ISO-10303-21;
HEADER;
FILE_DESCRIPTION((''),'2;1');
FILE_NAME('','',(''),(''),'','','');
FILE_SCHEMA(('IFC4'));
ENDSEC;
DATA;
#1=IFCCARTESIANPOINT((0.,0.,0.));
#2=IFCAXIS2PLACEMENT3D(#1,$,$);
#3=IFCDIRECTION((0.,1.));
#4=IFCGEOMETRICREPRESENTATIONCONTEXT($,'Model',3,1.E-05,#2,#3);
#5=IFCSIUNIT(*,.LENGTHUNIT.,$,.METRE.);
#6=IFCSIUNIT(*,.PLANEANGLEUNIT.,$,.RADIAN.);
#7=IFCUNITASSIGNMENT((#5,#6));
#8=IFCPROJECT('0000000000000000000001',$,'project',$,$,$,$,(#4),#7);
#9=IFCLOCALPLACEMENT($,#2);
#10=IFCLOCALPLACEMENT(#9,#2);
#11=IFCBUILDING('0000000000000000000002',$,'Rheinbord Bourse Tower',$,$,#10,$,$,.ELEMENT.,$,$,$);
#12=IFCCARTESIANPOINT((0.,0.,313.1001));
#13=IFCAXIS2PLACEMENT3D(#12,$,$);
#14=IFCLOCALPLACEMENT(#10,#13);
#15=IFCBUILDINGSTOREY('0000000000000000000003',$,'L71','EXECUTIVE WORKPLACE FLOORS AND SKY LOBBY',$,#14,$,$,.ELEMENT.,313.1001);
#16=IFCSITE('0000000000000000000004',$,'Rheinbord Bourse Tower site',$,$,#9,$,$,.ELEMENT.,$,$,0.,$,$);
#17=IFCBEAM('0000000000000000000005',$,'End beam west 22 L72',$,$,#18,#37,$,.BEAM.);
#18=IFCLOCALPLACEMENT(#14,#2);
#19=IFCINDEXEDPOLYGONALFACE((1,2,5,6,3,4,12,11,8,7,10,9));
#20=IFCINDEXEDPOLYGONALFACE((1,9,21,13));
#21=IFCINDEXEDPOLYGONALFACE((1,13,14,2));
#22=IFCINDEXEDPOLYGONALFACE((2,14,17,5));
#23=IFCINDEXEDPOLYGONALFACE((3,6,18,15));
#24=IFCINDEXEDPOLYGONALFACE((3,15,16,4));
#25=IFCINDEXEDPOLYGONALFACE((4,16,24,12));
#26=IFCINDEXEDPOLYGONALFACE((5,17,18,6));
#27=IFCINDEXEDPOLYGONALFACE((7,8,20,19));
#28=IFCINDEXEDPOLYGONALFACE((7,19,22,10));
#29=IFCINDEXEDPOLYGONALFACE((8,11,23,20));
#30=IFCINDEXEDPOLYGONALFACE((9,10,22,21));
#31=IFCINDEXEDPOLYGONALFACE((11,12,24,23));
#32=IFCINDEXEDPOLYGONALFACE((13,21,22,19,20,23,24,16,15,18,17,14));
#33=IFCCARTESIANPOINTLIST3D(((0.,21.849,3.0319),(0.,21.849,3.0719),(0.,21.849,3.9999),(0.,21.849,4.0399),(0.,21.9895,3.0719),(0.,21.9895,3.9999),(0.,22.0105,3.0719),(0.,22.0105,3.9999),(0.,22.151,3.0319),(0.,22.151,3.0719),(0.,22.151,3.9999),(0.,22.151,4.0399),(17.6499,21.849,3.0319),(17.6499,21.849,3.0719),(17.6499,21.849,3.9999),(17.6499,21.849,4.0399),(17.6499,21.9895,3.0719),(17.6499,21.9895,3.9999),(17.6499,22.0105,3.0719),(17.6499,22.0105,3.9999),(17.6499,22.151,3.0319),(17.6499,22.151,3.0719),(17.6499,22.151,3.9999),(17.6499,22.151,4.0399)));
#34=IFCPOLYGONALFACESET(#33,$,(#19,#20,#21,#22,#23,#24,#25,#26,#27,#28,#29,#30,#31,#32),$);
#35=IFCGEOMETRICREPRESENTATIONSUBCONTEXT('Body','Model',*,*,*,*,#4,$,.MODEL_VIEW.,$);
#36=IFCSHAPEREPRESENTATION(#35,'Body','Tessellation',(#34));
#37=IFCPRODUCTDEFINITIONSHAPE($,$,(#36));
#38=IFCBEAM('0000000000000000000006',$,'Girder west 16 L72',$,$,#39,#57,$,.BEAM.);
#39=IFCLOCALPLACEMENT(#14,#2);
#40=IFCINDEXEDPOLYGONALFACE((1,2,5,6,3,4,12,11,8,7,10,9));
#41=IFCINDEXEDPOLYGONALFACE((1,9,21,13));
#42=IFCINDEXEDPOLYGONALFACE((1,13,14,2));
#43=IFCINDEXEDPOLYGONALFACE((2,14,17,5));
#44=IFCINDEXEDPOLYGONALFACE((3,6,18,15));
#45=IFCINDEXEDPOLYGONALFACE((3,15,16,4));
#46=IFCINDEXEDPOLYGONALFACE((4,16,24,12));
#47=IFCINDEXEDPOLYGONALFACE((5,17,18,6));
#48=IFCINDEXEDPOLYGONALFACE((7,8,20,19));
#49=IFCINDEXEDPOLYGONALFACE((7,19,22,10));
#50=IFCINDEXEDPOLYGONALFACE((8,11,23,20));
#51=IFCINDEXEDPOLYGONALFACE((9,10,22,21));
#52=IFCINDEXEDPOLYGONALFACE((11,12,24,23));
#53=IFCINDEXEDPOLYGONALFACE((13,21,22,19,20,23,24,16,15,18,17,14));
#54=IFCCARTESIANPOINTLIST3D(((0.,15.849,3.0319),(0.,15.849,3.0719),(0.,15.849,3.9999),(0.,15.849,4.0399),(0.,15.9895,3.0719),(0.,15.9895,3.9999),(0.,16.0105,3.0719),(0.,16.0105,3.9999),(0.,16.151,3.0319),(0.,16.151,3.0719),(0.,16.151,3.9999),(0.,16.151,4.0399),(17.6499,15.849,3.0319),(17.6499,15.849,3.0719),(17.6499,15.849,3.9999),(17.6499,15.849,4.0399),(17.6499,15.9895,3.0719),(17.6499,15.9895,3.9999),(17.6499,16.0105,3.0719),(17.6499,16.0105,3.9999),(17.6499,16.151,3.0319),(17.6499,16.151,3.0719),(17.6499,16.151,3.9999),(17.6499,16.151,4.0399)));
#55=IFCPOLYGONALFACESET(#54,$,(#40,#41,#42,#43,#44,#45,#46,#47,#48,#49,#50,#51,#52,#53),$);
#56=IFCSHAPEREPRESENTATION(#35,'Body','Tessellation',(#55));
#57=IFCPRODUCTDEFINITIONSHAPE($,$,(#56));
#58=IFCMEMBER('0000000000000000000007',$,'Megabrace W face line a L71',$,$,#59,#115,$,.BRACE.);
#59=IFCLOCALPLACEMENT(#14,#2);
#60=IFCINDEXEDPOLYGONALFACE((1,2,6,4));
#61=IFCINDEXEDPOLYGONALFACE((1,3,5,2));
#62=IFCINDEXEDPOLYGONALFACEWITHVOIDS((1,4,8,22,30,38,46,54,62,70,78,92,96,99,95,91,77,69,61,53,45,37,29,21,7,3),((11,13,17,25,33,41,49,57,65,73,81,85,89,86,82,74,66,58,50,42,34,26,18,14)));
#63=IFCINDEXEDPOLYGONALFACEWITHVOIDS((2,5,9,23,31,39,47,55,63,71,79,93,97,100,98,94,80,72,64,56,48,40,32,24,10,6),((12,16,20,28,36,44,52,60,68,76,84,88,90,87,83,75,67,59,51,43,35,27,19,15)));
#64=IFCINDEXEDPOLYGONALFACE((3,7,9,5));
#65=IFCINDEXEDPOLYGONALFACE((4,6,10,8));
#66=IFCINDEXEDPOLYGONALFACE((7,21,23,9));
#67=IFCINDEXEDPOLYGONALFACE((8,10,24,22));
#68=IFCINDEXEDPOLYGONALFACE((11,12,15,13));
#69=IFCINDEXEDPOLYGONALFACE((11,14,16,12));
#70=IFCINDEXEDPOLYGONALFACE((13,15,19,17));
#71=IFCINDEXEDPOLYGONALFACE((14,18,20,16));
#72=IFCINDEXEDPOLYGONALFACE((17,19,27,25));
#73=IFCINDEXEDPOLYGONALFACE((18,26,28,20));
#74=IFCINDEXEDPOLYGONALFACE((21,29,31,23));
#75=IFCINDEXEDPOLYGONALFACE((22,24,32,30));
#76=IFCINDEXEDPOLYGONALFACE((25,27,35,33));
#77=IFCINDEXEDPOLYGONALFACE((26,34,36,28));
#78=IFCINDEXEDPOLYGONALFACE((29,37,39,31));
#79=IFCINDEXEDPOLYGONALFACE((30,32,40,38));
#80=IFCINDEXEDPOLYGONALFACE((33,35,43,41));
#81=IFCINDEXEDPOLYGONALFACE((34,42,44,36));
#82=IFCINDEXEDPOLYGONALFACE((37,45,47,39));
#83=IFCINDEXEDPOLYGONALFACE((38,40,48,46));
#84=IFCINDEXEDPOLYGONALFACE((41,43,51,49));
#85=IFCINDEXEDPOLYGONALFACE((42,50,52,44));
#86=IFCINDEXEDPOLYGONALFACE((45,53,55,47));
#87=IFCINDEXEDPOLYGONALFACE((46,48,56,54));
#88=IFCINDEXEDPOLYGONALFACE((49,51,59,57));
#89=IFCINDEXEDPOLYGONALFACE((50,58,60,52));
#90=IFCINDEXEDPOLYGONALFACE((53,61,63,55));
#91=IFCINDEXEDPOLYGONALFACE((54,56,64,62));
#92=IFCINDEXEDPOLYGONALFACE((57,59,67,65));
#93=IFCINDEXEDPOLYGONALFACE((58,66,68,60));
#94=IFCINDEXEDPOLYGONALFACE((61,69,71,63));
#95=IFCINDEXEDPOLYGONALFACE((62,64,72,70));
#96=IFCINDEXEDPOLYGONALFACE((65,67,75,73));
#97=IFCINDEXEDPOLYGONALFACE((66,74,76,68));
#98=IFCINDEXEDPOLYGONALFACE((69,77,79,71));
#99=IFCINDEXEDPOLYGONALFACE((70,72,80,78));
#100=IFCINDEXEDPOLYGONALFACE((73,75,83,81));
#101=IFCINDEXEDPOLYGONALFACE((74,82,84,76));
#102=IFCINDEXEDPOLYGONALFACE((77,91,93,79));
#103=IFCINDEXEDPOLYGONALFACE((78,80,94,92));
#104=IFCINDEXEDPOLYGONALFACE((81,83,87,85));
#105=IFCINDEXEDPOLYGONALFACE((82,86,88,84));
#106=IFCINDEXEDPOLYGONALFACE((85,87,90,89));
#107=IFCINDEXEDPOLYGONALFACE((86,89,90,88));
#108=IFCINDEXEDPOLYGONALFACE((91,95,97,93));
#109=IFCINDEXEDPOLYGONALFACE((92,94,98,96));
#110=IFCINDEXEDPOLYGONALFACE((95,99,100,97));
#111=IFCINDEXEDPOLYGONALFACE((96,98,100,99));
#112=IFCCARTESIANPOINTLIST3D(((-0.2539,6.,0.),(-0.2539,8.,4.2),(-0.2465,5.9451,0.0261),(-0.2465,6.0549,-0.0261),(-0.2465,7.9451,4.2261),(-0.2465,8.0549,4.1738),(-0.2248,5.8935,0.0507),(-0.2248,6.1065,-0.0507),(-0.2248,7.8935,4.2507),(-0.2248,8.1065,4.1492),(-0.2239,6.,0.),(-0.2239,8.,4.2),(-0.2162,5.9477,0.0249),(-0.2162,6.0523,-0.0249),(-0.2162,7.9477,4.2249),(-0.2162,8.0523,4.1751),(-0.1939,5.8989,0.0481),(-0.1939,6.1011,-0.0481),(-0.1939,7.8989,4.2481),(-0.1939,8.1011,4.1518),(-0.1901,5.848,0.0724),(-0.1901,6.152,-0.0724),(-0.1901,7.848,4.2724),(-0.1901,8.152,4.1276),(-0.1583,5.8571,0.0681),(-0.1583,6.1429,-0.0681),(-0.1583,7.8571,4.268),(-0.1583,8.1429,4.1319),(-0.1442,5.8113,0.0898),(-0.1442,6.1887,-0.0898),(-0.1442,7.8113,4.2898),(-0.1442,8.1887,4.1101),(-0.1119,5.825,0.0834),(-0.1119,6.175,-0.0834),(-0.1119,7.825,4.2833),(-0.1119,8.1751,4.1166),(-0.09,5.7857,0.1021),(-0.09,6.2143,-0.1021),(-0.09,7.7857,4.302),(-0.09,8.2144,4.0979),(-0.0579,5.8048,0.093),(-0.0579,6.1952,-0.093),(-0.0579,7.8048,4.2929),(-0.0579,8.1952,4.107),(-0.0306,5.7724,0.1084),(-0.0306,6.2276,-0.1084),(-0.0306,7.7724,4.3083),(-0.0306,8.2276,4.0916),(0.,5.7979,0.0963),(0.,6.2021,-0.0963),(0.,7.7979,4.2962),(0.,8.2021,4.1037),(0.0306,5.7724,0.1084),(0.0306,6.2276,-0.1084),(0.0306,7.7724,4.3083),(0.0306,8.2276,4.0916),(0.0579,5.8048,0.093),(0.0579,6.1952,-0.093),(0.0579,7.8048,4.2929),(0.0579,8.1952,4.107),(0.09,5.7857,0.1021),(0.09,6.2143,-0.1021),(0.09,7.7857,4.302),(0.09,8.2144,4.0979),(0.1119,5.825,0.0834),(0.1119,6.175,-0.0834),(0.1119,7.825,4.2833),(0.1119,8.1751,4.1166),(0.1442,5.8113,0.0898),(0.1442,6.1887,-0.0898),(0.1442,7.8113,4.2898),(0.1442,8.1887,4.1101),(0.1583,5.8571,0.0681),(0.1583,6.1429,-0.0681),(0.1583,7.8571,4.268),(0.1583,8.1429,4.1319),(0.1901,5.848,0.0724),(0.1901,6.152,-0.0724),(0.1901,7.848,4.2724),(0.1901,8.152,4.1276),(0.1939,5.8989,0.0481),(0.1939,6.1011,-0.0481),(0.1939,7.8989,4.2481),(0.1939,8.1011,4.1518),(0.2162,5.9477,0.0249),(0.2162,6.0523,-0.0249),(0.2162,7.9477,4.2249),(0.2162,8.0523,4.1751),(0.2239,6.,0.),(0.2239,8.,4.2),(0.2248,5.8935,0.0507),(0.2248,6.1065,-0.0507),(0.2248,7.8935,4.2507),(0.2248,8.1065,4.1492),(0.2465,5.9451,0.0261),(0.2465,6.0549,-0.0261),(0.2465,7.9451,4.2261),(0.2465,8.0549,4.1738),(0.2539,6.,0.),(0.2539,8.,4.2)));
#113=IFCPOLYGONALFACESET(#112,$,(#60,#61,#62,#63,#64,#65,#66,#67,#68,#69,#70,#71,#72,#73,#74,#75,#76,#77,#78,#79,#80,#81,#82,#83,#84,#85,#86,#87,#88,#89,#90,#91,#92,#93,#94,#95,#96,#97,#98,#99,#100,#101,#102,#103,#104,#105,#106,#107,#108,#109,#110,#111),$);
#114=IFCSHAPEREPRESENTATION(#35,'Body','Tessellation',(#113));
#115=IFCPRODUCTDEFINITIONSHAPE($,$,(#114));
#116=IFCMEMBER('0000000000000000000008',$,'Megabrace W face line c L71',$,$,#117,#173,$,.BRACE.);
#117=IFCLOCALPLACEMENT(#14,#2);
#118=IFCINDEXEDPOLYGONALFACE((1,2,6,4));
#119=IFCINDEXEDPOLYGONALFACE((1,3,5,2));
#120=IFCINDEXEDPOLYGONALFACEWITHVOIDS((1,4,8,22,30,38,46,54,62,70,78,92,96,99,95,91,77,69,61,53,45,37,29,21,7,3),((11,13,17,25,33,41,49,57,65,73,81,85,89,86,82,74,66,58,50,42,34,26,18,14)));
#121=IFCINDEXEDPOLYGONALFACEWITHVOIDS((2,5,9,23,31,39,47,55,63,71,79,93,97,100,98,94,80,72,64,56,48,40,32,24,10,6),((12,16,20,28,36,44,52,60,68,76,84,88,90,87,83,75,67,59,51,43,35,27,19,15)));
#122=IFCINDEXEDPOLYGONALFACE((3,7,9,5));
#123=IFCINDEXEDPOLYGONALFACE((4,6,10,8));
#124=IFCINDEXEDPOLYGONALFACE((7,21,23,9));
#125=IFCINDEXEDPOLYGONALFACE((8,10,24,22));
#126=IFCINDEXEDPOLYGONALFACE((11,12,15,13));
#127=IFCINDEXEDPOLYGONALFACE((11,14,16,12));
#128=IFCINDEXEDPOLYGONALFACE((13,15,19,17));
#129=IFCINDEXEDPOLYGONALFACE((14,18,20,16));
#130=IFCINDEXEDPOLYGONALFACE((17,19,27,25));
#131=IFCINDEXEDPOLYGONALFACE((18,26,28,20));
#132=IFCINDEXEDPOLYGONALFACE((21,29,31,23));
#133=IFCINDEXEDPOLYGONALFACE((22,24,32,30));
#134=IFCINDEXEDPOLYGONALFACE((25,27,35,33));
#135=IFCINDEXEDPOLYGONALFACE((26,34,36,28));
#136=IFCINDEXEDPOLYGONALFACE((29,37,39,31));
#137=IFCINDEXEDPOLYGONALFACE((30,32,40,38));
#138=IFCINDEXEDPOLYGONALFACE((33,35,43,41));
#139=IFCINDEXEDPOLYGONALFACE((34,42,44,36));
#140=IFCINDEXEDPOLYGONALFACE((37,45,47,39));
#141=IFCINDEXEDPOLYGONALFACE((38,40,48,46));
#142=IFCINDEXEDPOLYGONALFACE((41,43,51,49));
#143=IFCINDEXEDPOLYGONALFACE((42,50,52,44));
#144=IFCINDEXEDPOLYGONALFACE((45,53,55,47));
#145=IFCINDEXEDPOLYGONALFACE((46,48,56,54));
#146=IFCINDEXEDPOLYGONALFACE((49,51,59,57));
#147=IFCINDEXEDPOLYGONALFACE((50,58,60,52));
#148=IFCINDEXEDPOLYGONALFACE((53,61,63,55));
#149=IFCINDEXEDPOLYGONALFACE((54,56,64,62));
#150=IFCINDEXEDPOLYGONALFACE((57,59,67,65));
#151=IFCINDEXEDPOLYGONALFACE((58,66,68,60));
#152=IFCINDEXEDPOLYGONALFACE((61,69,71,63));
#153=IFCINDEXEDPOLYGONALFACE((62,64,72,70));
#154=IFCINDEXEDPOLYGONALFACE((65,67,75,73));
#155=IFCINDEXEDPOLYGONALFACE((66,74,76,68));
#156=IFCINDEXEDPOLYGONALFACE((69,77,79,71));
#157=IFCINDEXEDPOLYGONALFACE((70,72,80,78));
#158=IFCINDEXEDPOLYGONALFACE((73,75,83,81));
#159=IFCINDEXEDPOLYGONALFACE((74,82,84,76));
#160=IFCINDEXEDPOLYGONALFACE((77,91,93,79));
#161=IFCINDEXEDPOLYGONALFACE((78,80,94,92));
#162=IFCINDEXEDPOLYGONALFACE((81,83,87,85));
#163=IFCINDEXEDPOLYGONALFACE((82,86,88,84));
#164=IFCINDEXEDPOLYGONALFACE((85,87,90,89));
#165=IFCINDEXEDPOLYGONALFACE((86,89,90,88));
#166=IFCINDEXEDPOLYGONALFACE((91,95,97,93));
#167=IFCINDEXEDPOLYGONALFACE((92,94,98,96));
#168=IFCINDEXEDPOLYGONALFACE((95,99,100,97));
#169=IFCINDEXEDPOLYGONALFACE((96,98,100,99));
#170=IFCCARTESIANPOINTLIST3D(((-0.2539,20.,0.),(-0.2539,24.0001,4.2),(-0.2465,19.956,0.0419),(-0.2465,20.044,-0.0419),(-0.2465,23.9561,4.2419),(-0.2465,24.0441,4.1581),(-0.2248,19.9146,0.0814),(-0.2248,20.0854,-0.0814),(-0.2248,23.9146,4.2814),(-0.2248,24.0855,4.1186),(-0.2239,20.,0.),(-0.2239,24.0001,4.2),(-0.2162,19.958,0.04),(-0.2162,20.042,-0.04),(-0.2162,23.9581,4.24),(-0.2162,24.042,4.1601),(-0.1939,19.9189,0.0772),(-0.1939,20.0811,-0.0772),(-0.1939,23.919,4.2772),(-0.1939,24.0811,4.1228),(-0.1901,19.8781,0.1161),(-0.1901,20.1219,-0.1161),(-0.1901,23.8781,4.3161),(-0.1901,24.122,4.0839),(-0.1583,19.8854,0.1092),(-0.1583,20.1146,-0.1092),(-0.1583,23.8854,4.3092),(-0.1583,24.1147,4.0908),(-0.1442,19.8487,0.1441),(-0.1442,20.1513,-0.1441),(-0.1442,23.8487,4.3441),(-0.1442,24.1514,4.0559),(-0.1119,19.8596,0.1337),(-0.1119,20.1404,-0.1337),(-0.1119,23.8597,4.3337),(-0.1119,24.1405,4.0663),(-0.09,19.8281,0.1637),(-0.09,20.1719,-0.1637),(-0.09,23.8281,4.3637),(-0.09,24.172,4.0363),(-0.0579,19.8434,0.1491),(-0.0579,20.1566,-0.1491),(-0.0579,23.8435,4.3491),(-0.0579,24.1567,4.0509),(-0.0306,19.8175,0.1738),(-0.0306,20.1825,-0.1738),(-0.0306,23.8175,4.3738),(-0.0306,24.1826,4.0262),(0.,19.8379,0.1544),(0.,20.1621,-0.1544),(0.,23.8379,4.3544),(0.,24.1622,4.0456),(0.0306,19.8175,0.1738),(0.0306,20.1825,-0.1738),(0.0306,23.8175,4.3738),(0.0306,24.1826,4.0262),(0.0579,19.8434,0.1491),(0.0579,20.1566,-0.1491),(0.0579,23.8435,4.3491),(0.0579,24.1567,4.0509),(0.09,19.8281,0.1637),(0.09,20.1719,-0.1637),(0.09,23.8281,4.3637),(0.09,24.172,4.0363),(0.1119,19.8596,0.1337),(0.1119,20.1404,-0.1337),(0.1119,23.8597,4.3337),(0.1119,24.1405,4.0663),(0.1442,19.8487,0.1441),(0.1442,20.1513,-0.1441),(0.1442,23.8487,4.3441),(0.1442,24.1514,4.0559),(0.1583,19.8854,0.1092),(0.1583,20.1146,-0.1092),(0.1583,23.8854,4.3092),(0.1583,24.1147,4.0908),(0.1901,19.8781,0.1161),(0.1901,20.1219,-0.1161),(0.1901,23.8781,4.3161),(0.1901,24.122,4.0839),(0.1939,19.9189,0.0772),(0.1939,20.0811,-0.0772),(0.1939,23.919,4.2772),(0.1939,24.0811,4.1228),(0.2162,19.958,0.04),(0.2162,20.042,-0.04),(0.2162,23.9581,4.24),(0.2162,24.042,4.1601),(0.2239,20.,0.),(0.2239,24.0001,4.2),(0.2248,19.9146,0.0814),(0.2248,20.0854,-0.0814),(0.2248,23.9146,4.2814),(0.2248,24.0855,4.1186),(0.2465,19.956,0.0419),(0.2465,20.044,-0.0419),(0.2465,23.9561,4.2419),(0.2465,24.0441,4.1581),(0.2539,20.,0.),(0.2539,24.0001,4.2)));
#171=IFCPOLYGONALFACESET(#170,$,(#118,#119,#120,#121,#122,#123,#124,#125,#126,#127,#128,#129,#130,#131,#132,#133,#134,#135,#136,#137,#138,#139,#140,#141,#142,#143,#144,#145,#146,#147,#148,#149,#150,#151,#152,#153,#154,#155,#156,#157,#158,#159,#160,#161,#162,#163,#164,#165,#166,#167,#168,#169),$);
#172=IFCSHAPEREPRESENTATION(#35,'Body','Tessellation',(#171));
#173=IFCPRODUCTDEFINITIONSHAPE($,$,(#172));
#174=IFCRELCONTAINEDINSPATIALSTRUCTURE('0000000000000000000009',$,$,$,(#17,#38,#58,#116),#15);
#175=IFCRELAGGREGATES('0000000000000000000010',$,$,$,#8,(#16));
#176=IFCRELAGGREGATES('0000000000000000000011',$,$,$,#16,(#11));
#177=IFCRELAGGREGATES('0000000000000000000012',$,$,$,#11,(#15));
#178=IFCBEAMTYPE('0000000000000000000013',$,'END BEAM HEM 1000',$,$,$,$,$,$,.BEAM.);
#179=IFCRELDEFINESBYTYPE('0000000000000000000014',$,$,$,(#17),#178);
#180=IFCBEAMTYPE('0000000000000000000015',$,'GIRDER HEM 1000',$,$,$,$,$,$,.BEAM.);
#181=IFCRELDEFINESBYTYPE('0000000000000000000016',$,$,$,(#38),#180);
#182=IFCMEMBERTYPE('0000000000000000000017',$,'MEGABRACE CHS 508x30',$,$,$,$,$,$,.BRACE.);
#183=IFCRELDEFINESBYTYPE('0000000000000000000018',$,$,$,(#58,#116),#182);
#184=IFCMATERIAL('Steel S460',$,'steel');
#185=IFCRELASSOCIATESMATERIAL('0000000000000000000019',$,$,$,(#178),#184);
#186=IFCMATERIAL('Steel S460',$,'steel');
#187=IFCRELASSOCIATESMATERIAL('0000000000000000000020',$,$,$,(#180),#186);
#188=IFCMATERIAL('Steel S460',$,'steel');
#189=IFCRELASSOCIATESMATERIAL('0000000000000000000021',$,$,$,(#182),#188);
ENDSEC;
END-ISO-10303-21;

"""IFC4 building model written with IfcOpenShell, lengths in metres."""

from ifc_helpers import new_model, si_unit, direction, frame, origin, origin_2d, place, context, subcontext, project, spatial, hollow_circle, i_section, extrude, material, material_profile, profile_set, type_object, element, save


model = new_model("IFC4")

# Units and contexts
model_context = context("Model", 3, precision=1e-05, world=origin(), true_north=direction((0.0, 1.0)))
body_context = subcontext(model_context, "Body", "Model", "MODEL_VIEW")
ifc_project = project(units=[si_unit("LENGTHUNIT", "METRE"), si_unit("PLANEANGLEUNIT", "RADIAN")], contexts=[model_context])

# Site, building, storey
site_placement = place(None, origin())
site = spatial("IfcSite", under=ifc_project, at=site_placement, Name="Rheinbord Bourse Tower site", CompositionType="ELEMENT", RefElevation=0.0)
building_placement = place(site_placement, origin())
building = spatial("IfcBuilding", under=site, at=building_placement, Name="Rheinbord Bourse Tower", CompositionType="ELEMENT")
storey_placement = place(building_placement, frame((0.0, 0.0, 313.1001)))
storey = spatial("IfcBuildingStorey", under=building, at=storey_placement, Name="L71", Description="EXECUTIVE WORKPLACE FLOORS AND SKY LOBBY", CompositionType="ELEMENT", Elevation=313.1001)

# Beams
ifc_material_1 = material(Name="Steel S460", Category="steel")
ifc_material_profile_1 = material_profile(ifc_material_1, i_section(OverallWidth=0.302, OverallDepth=1.0081, WebThickness=0.021, FlangeThickness=0.04, at=origin_2d()), Name="HEM 1000")
ifc_profile_set_1 = profile_set([ifc_material_profile_1], Name="Steel S460")
beam_type_1 = type_object("IfcBeamType", Name="END BEAM HEM 1000", PredefinedType="BEAM", material=ifc_profile_set_1)
for number, where, z_axis, x_axis, name in (
    (1, (0.0, 22.0, 3.5359), (1.0, 0.0, 0.0), (0.0, 1.0, 0.0), "End beam west 22 L72"),
):
    element("IfcBeam", number, at=place(storey_placement, frame(where, z_axis=z_axis, x_axis=x_axis)), inside=storey, type_object=beam_type_1, Name=name, PredefinedType="BEAM", context=body_context, shape_type="SweptSolid", body=[
        extrude(i_section(OverallWidth=0.302, OverallDepth=1.0081, WebThickness=0.021, FlangeThickness=0.04, at=origin_2d()), origin(), (0.0, 0.0, 1.0), 17.6499),
    ])
ifc_material_2 = material(Name="Steel S460", Category="steel")
ifc_material_profile_2 = material_profile(ifc_material_2, i_section(OverallWidth=0.302, OverallDepth=1.0081, WebThickness=0.021, FlangeThickness=0.04, at=origin_2d()), Name="HEM 1000")
ifc_profile_set_2 = profile_set([ifc_material_profile_2], Name="Steel S460")
beam_type_2 = type_object("IfcBeamType", Name="GIRDER HEM 1000", PredefinedType="BEAM", material=ifc_profile_set_2)
beam_1_placement = place(storey_placement, frame((0.0, 16.0, 3.5359), z_axis=(1.0, 0.0, 0.0), x_axis=(0.0, 1.0, 0.0)))
element("IfcBeam", 2, at=beam_1_placement, inside=storey, type_object=beam_type_2, Name="Girder west 16 L72", PredefinedType="BEAM", context=body_context, shape_type="SweptSolid", body=[
    extrude(i_section(OverallWidth=0.302, OverallDepth=1.0081, WebThickness=0.021, FlangeThickness=0.04, at=origin_2d()), origin(), (0.0, 0.0, 1.0), 17.6499),
])

# Members
ifc_material_3 = material(Name="Steel S460", Category="steel")
ifc_material_profile_3 = material_profile(ifc_material_3, hollow_circle(Radius=0.2539, WallThickness=0.03, at=origin_2d()), Name="CHS 508x30")
ifc_profile_set_3 = profile_set([ifc_material_profile_3], Name="Steel S460")
member_type_1 = type_object("IfcMemberType", Name="MEGABRACE CHS 508x30", PredefinedType="BRACE", material=ifc_profile_set_3)
member_1_placement = place(storey_placement, frame((0.0, 6.0, 0.0), z_axis=(0.0, 0.429938, 0.902859), x_axis=(-1.0, 0.0, 0.0)))
element("IfcMember", 3, at=member_1_placement, inside=storey, type_object=member_type_1, Name="Megabrace W face line a L71", PredefinedType="BRACE", context=body_context, shape_type="SweptSolid", body=[
    extrude(hollow_circle(Radius=0.2539, WallThickness=0.03, at=origin_2d()), origin(), (0.0, 0.0, 1.0), 4.6519),
])
member_2_placement = place(storey_placement, frame((0.0, 20.0, 0.0), z_axis=(0.0, 0.689659, 0.724134), x_axis=(-1.0, 0.0, 0.0)))
element("IfcMember", 4, at=member_2_placement, inside=storey, type_object=member_type_1, Name="Megabrace W face line c L71", PredefinedType="BRACE", context=body_context, shape_type="SweptSolid", body=[
    extrude(hollow_circle(Radius=0.2539, WallThickness=0.03, at=origin_2d()), origin(), (0.0, 0.0, 1.0), 5.8),
])

save(model, "model.ifc")
